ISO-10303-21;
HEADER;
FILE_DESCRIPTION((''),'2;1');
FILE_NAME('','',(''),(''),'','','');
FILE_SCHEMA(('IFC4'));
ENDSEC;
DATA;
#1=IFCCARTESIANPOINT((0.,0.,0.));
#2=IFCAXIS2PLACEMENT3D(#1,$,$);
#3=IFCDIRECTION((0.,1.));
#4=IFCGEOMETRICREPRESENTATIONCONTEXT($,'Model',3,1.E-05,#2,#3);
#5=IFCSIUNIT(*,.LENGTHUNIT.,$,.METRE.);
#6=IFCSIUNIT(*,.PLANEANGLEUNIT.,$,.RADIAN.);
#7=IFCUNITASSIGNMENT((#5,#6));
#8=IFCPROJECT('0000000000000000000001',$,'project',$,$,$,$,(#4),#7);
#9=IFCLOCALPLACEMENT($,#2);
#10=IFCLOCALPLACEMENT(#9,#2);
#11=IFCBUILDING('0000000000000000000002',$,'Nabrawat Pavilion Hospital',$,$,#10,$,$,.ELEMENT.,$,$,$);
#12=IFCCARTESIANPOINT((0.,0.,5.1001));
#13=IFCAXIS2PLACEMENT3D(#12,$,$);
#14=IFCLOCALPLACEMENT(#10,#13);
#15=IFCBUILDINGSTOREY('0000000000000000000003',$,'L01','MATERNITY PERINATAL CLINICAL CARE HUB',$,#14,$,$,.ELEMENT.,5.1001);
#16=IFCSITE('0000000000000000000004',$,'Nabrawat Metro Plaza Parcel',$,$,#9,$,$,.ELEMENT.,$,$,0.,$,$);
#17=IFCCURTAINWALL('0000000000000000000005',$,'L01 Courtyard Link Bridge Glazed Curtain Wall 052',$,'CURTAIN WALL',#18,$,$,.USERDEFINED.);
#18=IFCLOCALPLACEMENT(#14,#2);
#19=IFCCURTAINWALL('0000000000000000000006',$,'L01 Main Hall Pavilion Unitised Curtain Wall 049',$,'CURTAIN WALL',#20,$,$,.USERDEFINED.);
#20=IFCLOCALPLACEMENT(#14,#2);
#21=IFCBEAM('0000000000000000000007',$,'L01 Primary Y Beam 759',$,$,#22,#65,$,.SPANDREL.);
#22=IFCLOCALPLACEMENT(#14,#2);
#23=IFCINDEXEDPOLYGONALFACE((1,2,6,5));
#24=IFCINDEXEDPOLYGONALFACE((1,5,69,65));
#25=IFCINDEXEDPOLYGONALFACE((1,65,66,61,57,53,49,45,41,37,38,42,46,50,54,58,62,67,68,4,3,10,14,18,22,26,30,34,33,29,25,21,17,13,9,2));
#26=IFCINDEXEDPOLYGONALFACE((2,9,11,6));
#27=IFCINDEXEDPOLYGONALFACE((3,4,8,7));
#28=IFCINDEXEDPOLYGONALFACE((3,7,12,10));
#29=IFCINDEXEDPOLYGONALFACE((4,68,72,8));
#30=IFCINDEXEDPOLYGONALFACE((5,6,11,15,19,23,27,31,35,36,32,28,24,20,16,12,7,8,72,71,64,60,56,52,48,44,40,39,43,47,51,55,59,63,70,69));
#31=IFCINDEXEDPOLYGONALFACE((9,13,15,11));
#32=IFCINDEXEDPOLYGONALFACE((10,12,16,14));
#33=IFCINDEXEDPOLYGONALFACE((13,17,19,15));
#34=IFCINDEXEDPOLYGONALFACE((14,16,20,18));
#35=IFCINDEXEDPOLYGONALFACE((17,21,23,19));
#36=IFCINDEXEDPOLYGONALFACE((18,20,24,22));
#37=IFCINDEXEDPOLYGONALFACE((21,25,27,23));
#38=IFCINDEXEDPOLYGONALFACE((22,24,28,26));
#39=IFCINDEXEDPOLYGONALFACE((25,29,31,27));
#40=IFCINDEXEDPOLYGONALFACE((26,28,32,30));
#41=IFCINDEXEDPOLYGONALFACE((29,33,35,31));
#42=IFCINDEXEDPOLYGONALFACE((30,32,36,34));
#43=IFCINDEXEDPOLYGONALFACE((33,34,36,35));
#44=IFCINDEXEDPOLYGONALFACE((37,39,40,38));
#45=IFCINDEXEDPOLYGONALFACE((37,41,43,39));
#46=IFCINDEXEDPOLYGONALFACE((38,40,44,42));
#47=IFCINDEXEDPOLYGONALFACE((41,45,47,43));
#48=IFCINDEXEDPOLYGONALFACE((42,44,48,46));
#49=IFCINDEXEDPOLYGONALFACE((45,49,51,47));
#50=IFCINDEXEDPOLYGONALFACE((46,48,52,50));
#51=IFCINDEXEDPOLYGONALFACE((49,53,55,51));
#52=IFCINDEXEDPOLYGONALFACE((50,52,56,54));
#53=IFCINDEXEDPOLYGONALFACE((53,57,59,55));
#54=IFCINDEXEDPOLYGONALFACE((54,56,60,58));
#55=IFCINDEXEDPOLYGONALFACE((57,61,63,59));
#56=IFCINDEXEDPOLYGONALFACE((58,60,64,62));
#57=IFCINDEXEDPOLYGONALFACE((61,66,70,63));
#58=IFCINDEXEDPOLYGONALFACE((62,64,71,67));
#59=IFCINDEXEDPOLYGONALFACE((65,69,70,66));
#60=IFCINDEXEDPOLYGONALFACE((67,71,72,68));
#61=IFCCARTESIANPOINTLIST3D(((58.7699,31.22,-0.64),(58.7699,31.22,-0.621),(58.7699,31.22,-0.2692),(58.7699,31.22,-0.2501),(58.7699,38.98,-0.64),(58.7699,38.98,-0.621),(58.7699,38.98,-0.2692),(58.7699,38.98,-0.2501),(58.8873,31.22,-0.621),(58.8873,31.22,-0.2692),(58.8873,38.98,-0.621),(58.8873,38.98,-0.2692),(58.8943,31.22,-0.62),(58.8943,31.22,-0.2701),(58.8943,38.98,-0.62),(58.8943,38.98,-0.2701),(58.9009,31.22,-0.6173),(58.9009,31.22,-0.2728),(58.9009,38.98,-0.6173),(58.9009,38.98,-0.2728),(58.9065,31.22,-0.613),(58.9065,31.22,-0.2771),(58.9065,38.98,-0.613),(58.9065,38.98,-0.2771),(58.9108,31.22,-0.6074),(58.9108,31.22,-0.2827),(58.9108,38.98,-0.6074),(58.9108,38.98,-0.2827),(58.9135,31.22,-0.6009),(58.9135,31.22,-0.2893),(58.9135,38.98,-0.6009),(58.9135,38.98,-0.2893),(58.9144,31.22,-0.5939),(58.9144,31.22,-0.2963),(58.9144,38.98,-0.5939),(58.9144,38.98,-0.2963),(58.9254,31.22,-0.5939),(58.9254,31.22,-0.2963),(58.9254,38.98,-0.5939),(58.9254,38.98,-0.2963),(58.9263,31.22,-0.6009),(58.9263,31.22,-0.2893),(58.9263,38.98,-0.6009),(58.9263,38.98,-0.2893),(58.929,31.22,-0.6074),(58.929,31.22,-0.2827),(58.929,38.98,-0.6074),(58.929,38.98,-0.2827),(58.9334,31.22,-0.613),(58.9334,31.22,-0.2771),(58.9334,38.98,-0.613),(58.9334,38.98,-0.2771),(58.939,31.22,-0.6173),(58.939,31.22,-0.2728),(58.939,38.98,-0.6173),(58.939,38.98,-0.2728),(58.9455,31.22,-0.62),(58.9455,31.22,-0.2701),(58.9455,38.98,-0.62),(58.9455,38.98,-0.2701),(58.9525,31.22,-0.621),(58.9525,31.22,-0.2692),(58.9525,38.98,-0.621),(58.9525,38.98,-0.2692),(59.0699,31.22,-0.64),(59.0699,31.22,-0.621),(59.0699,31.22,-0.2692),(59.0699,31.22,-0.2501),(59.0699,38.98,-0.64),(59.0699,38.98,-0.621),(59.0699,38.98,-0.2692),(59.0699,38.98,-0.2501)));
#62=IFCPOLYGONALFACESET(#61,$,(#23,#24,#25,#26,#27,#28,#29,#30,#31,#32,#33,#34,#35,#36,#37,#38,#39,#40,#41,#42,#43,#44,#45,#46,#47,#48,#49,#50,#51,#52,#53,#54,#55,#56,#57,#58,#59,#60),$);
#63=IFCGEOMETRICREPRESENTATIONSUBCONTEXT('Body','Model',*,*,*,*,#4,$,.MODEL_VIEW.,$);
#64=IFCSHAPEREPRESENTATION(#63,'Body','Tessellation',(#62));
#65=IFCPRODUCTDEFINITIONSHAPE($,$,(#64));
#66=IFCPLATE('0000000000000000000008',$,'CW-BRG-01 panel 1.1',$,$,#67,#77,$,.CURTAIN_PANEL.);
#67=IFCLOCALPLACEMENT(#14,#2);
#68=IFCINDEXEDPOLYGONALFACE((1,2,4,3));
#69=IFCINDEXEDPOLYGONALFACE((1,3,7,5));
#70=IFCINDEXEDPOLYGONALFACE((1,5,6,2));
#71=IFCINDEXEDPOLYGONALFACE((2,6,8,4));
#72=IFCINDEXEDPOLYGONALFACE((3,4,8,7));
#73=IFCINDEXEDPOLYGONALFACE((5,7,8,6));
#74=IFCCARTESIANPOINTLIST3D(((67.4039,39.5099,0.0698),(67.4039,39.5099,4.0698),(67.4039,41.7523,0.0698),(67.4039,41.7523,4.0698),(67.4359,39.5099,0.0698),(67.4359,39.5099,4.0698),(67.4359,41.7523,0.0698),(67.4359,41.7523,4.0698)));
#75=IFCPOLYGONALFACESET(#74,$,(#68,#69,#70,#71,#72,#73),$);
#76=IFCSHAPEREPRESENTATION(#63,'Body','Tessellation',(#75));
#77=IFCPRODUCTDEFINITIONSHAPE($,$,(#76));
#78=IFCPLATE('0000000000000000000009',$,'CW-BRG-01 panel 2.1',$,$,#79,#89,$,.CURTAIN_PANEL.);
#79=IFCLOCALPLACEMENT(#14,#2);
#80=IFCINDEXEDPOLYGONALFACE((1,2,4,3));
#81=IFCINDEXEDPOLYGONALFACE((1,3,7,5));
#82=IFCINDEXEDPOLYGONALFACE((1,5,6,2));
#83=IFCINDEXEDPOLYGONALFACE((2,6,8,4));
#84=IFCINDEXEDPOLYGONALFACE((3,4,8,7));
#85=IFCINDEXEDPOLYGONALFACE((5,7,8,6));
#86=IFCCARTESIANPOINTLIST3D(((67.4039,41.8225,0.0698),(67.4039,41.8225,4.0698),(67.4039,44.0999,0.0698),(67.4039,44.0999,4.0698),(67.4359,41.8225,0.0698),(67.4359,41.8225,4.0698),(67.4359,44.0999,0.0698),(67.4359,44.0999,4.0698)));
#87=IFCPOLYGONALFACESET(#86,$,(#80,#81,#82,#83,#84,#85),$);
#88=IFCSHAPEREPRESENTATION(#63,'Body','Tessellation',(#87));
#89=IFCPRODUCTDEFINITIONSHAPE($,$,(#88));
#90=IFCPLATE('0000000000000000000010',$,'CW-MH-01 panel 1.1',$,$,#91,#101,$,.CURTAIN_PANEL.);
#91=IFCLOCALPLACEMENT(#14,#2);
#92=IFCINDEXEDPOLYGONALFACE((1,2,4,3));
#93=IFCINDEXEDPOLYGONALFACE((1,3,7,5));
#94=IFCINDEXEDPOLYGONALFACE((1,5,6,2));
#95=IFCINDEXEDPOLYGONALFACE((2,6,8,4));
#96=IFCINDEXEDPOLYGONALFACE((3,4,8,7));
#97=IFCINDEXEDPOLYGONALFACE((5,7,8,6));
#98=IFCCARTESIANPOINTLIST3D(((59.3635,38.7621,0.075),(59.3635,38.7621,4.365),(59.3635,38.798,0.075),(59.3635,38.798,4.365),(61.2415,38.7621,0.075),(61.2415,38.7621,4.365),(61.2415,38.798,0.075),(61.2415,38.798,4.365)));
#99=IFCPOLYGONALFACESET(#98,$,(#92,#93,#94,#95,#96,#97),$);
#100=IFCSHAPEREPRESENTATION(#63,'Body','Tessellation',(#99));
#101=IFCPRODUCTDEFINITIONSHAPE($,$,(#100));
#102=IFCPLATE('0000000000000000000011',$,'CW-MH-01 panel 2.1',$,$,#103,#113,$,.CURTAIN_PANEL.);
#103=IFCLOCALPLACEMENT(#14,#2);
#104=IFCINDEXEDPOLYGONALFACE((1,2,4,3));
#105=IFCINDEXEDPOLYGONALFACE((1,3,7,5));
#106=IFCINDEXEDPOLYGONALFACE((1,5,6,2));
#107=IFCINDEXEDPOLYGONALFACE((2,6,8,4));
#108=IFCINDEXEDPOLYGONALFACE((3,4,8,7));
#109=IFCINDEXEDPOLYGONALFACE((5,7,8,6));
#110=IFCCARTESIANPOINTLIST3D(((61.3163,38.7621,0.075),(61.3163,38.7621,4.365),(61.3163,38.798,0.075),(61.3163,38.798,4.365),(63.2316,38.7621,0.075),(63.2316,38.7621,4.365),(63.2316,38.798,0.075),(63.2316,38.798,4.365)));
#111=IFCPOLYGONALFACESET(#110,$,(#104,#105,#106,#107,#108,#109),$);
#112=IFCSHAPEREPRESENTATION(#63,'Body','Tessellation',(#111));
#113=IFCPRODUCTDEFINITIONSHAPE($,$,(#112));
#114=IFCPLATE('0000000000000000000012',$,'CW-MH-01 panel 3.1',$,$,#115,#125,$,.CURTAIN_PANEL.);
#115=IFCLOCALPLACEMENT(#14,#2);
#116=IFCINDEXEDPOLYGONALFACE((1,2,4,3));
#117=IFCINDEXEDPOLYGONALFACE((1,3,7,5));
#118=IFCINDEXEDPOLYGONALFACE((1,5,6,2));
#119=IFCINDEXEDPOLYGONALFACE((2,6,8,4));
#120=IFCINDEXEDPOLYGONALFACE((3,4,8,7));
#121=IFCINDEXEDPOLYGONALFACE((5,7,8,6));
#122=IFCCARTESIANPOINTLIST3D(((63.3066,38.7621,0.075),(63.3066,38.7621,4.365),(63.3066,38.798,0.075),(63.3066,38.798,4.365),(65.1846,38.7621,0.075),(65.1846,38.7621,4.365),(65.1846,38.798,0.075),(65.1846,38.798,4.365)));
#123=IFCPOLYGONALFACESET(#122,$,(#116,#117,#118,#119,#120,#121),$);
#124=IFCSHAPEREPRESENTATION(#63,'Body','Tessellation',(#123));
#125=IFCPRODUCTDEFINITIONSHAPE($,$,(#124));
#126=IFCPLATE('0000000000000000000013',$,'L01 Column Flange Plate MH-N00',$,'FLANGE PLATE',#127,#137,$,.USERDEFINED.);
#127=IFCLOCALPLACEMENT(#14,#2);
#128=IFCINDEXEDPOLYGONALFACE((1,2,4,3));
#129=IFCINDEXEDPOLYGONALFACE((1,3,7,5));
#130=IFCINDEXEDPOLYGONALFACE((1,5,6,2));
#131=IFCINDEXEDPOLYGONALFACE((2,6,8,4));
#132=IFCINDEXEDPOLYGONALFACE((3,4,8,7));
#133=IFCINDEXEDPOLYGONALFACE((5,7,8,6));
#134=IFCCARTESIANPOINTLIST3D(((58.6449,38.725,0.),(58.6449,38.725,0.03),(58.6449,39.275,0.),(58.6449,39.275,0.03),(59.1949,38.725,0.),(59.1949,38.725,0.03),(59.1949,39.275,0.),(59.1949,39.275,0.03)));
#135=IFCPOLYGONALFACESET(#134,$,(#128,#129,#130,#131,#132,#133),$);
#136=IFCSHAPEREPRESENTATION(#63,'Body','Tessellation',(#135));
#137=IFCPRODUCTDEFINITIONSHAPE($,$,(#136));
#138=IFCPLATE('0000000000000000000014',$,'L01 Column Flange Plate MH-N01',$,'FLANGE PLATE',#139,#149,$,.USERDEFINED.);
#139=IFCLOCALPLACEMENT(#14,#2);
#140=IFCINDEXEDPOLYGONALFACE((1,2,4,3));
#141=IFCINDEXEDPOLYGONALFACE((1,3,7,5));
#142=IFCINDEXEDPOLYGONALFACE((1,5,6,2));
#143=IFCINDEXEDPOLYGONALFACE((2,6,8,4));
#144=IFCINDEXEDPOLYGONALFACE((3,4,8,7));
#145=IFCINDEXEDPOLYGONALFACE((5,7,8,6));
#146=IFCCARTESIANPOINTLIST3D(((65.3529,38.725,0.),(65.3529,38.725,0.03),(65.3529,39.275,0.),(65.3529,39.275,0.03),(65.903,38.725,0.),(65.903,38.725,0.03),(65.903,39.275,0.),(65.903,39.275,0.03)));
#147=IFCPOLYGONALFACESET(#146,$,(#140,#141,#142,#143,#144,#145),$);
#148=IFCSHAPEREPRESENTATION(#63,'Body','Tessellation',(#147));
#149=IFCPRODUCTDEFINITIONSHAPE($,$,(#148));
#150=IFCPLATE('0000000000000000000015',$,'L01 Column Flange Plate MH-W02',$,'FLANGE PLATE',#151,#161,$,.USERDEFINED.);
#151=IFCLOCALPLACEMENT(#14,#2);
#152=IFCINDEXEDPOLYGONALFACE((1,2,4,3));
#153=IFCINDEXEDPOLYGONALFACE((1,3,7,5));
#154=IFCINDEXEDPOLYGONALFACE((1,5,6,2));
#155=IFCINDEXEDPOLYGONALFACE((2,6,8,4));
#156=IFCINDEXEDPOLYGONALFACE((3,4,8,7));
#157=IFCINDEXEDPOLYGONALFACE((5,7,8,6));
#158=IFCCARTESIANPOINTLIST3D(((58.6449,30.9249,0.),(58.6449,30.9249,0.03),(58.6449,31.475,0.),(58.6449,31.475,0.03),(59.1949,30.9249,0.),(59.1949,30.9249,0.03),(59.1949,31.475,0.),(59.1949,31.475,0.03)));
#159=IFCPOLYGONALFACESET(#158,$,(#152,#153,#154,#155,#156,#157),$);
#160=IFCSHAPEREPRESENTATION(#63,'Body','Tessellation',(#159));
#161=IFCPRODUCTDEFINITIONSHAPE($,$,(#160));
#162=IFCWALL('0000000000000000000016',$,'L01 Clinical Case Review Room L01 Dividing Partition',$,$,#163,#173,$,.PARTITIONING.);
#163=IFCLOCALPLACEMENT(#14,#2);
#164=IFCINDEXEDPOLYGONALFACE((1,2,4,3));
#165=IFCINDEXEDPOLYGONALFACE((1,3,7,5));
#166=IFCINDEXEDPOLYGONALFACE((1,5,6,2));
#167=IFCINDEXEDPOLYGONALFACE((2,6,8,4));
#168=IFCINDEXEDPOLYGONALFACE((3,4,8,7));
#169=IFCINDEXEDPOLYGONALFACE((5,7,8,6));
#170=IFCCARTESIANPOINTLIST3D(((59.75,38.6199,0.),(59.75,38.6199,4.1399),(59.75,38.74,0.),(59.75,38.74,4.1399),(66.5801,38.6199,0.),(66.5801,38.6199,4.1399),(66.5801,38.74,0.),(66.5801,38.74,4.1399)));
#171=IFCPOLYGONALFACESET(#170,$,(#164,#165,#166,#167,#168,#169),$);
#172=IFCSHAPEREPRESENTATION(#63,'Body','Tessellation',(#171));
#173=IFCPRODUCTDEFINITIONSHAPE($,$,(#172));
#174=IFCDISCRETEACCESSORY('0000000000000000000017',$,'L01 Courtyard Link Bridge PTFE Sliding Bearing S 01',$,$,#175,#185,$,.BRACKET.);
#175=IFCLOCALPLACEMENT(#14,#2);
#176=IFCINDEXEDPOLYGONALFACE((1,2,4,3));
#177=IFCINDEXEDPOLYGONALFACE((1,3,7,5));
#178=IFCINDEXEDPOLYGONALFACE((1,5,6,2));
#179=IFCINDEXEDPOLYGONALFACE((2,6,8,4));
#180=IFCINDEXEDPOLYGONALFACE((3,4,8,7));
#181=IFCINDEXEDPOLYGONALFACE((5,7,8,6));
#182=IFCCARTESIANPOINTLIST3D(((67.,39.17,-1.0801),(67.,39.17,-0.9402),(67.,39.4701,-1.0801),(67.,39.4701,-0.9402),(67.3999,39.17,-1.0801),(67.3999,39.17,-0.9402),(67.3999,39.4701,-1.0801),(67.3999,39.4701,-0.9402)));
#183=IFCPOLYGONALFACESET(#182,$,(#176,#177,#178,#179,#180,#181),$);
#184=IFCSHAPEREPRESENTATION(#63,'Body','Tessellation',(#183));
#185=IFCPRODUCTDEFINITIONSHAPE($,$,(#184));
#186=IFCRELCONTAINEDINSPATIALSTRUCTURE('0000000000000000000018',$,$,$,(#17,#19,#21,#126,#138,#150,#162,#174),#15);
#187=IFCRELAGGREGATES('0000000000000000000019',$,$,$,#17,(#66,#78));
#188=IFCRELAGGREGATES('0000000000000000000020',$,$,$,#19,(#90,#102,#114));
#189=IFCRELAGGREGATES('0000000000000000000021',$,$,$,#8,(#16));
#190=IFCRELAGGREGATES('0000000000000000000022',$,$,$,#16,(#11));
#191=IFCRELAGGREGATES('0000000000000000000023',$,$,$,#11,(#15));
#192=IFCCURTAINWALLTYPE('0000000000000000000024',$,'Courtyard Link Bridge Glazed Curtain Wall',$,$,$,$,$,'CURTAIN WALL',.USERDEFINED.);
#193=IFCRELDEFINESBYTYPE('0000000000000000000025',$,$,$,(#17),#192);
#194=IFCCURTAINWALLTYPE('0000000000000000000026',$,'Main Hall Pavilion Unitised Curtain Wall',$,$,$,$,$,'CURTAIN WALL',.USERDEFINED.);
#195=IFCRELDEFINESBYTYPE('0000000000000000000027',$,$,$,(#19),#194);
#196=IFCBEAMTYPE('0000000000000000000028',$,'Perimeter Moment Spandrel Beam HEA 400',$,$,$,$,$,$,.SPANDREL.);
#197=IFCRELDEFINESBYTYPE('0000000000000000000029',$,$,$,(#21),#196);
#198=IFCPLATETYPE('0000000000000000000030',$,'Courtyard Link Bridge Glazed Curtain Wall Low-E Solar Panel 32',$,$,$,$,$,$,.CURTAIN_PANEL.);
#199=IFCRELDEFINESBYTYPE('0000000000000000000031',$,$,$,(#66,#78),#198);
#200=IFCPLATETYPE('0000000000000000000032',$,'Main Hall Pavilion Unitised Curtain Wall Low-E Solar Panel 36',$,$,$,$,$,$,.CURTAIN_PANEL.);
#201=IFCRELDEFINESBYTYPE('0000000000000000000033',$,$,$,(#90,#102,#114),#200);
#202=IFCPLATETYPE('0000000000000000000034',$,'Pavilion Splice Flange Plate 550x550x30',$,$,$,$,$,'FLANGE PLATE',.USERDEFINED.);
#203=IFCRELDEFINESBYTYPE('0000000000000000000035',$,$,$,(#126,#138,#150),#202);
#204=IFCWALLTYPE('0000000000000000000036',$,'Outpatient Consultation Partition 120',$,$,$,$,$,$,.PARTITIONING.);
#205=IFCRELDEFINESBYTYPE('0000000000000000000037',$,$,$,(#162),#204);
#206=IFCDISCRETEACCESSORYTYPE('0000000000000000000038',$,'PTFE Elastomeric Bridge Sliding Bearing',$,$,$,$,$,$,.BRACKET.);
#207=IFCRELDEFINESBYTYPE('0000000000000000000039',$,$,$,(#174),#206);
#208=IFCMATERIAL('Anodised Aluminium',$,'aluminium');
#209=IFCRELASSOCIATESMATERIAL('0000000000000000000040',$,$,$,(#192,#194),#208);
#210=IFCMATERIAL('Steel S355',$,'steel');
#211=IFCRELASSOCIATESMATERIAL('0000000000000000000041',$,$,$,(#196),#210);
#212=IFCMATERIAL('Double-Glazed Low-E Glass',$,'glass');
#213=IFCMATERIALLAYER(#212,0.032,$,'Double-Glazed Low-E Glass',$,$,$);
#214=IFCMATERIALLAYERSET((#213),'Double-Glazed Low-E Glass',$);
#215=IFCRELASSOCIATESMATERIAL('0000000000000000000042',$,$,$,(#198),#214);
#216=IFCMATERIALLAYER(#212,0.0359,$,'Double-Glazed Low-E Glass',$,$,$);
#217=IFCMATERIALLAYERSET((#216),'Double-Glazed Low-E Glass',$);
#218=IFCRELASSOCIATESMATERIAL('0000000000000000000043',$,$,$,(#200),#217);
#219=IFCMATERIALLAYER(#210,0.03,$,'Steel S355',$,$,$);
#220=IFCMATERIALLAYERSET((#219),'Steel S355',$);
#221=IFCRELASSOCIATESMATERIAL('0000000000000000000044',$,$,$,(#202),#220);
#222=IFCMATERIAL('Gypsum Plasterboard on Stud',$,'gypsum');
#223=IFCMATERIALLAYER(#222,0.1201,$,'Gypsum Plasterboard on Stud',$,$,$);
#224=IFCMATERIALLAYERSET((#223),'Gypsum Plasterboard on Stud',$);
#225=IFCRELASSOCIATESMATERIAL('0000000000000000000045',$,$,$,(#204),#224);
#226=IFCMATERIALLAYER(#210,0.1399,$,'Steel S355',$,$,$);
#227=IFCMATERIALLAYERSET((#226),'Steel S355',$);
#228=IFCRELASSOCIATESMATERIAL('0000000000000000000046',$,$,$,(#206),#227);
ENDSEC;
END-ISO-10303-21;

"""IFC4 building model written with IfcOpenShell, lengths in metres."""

from ifc_helpers import new_model, si_unit, direction, frame, frame_2d, origin, origin_2d, place, context, subcontext, project, spatial, rectangle, i_section, extrude, material, layer, layer_set, material_profile, profile_set, type_object, element, aggregate, save


model = new_model("IFC4")

# Units and contexts
model_context = context("Model", 3, precision=1e-05, world=origin(), true_north=direction((0.0, 1.0)))
body_context = subcontext(model_context, "Body", "Model", "MODEL_VIEW")
ifc_project = project(units=[si_unit("LENGTHUNIT", "METRE"), si_unit("PLANEANGLEUNIT", "RADIAN")], contexts=[model_context])

# Site, building, storey
site_placement = place(None, origin())
site = spatial("IfcSite", under=ifc_project, at=site_placement, Name="Nabrawat Metro Plaza Parcel", CompositionType="ELEMENT", RefElevation=0.0)
building_placement = place(site_placement, origin())
building = spatial("IfcBuilding", under=site, at=building_placement, Name="Nabrawat Pavilion Hospital", CompositionType="ELEMENT")
storey_placement = place(building_placement, frame((0.0, 0.0, 5.1001)))
storey = spatial("IfcBuildingStorey", under=building, at=storey_placement, Name="L01", Description="MATERNITY PERINATAL CLINICAL CARE HUB", CompositionType="ELEMENT", Elevation=5.1001)

# Shared definitions
ifc_material_1 = material(Name="Steel S355", Category="steel")

# Curtain walls
ifc_material_2 = material(Name="Anodised Aluminium", Category="aluminium")
curtain_wall_type_1 = type_object("IfcCurtainWallType", Name="Courtyard Link Bridge Glazed Curtain Wall", ElementType="CURTAIN WALL", PredefinedType="USERDEFINED", material=ifc_material_2)
curtain_wall_1_placement = place(storey_placement, origin())
curtain_wall_1 = element("IfcCurtainWall", 1, at=curtain_wall_1_placement, inside=storey, type_object=curtain_wall_type_1, Name="L01 Courtyard Link Bridge Glazed Curtain Wall 052", ObjectType="CURTAIN WALL", PredefinedType="USERDEFINED")
curtain_wall_type_2 = type_object("IfcCurtainWallType", Name="Main Hall Pavilion Unitised Curtain Wall", ElementType="CURTAIN WALL", PredefinedType="USERDEFINED", material=ifc_material_2)
curtain_wall_2_placement = place(storey_placement, origin())
curtain_wall_2 = element("IfcCurtainWall", 2, at=curtain_wall_2_placement, inside=storey, type_object=curtain_wall_type_2, Name="L01 Main Hall Pavilion Unitised Curtain Wall 049", ObjectType="CURTAIN WALL", PredefinedType="USERDEFINED")

# Beam
ifc_material_profile_1 = material_profile(ifc_material_1, i_section(OverallWidth=0.3, OverallDepth=0.3899, WebThickness=0.011, FlangeThickness=0.019, FilletRadius=0.0271, at=origin_2d()), Name="HEA 400")
ifc_profile_set_1 = profile_set([ifc_material_profile_1], Name="Steel S355")
beam_type_1 = type_object("IfcBeamType", Name="Perimeter Moment Spandrel Beam HEA 400", PredefinedType="SPANDREL", material=ifc_profile_set_1)
for number, where, z_axis, x_axis, name in (
    (3, (58.9199, 31.22, -0.4451), (0.0, 1.0, 0.0), (-1.0, 0.0, 0.0), "L01 Primary Y Beam 759"),
):
    element("IfcBeam", number, at=place(storey_placement, frame(where, z_axis=z_axis, x_axis=x_axis)), inside=storey, type_object=beam_type_1, Name=name, PredefinedType="SPANDREL", context=body_context, shape_type="SweptSolid", body=[
        extrude(i_section(OverallWidth=0.3, OverallDepth=0.3899, WebThickness=0.011, FlangeThickness=0.019, FilletRadius=0.0271, at=origin_2d()), origin(), (0.0, 0.0, 1.0), 7.76),
    ])

# Plates
ifc_material_3 = material(Name="Double-Glazed Low-E Glass", Category="glass")
ifc_layer_1 = layer(ifc_material_3, 0.032, Name="Double-Glazed Low-E Glass")
ifc_layer_set_1 = layer_set([ifc_layer_1], Name="Double-Glazed Low-E Glass")
plate_type_1 = type_object("IfcPlateType", Name="Courtyard Link Bridge Glazed Curtain Wall Low-E Solar Panel 32", PredefinedType="CURTAIN_PANEL", material=ifc_layer_set_1)
plate_1_placement = place(storey_placement, frame((67.4199, 40.6311, 0.0698), z_axis=(0.0, 0.0, 1.0), x_axis=(0.0, 1.0, 0.0)))
plate_1 = element("IfcPlate", 4, at=plate_1_placement, type_object=plate_type_1, Name="CW-BRG-01 panel 1.1", PredefinedType="CURTAIN_PANEL", context=body_context, shape_type="SweptSolid", body=[
    extrude(rectangle(XDim=2.2424, YDim=0.032, at=origin_2d()), origin(), (0.0, 0.0, 1.0), 4.0),
])
plate_2_placement = place(storey_placement, frame((67.4199, 42.9612, 0.0698), z_axis=(0.0, 0.0, 1.0), x_axis=(0.0, 1.0, 0.0)))
plate_2 = element("IfcPlate", 5, at=plate_2_placement, type_object=plate_type_1, Name="CW-BRG-01 panel 2.1", PredefinedType="CURTAIN_PANEL", context=body_context, shape_type="SweptSolid", body=[
    extrude(rectangle(XDim=2.2773, YDim=0.032, at=origin_2d()), origin(), (0.0, 0.0, 1.0), 4.0),
])
aggregate(curtain_wall_1, [plate_1, plate_2])
ifc_layer_2 = layer(ifc_material_3, 0.0359, Name="Double-Glazed Low-E Glass")
ifc_layer_set_2 = layer_set([ifc_layer_2], Name="Double-Glazed Low-E Glass")
plate_type_2 = type_object("IfcPlateType", Name="Main Hall Pavilion Unitised Curtain Wall Low-E Solar Panel 36", PredefinedType="CURTAIN_PANEL", material=ifc_layer_set_2)
plate_3_placement = place(storey_placement, frame((60.3025, 38.78, 0.075), z_axis=(0.0, 0.0, 1.0), x_axis=(1.0, 0.0, 0.0)))
plate_3 = element("IfcPlate", 6, at=plate_3_placement, type_object=plate_type_2, Name="CW-MH-01 panel 1.1", PredefinedType="CURTAIN_PANEL", context=body_context, shape_type="SweptSolid", body=[
    extrude(rectangle(XDim=1.8779, YDim=0.0359, at=origin_2d()), origin(), (0.0, 0.0, 1.0), 4.29),
])
plate_4_placement = place(storey_placement, frame((62.2739, 38.78, 0.075), z_axis=(0.0, 0.0, 1.0), x_axis=(1.0, 0.0, 0.0)))
plate_4 = element("IfcPlate", 7, at=plate_4_placement, type_object=plate_type_2, Name="CW-MH-01 panel 2.1", PredefinedType="CURTAIN_PANEL", context=body_context, shape_type="SweptSolid", body=[
    extrude(rectangle(XDim=1.9153, YDim=0.0359, at=origin_2d()), origin(), (0.0, 0.0, 1.0), 4.29),
])
plate_5_placement = place(storey_placement, frame((64.2456, 38.78, 0.075), z_axis=(0.0, 0.0, 1.0), x_axis=(1.0, 0.0, 0.0)))
plate_5 = element("IfcPlate", 8, at=plate_5_placement, type_object=plate_type_2, Name="CW-MH-01 panel 3.1", PredefinedType="CURTAIN_PANEL", context=body_context, shape_type="SweptSolid", body=[
    extrude(rectangle(XDim=1.8779, YDim=0.0359, at=origin_2d()), origin(), (0.0, 0.0, 1.0), 4.29),
])
aggregate(curtain_wall_2, [plate_3, plate_4, plate_5])

# Plates
ifc_layer_3 = layer(ifc_material_1, 0.03, Name="Steel S355")
ifc_layer_set_3 = layer_set([ifc_layer_3], Name="Steel S355")
plate_type_3 = type_object("IfcPlateType", Name="Pavilion Splice Flange Plate 550x550x30", ElementType="FLANGE PLATE", PredefinedType="USERDEFINED", material=ifc_layer_set_3)
for number, where, z_axis, x_axis, name in (
    (9, (58.9199, 39.0, 0.0), (0.0, 0.0, 1.0), (1.0, 0.0, 0.0), "L01 Column Flange Plate MH-N00"),
    (10, (65.6279, 39.0, 0.0), (0.0, 0.0, 1.0), (1.0, 0.0, 0.0), "L01 Column Flange Plate MH-N01"),
    (11, (58.9199, 31.2, 0.0), (0.0, 0.0, 1.0), (1.0, 0.0, 0.0), "L01 Column Flange Plate MH-W02"),
):
    element("IfcPlate", number, at=place(storey_placement, frame(where, z_axis=z_axis, x_axis=x_axis)), inside=storey, type_object=plate_type_3, Name=name, ObjectType="FLANGE PLATE", PredefinedType="USERDEFINED", context=body_context, shape_type="SweptSolid", body=[
        extrude(rectangle(XDim=0.55, YDim=0.55, at=origin_2d()), origin(), (0.0, 0.0, 1.0), 0.03),
    ])

# Wall
ifc_material_4 = material(Name="Gypsum Plasterboard on Stud", Category="gypsum")
ifc_layer_4 = layer(ifc_material_4, 0.1201, Name="Gypsum Plasterboard on Stud")
ifc_layer_set_4 = layer_set([ifc_layer_4], Name="Gypsum Plasterboard on Stud")
wall_type = type_object("IfcWallType", Name="Outpatient Consultation Partition 120", PredefinedType="PARTITIONING", material=ifc_layer_set_4)
wall_placement = place(storey_placement, frame((59.75, 38.6799, 0.0), z_axis=(0.0, 0.0, 1.0), x_axis=(1.0, 0.0, 0.0)))
element("IfcWall", 12, at=wall_placement, inside=storey, type_object=wall_type, Name="L01 Clinical Case Review Room L01 Dividing Partition", PredefinedType="PARTITIONING", context=body_context, shape_type="SweptSolid", body=[
    extrude(rectangle(XDim=6.8301, YDim=0.1201, at=frame_2d((3.415, 0.0))), origin(), (0.0, 0.0, 1.0), 4.1399),
])

# Discrete accessory
ifc_layer_5 = layer(ifc_material_1, 0.1399, Name="Steel S355")
ifc_layer_set_5 = layer_set([ifc_layer_5], Name="Steel S355")
discrete_accessory_type_1 = type_object("IfcDiscreteAccessoryType", Name="PTFE Elastomeric Bridge Sliding Bearing", PredefinedType="BRACKET", material=ifc_layer_set_5)
discrete_accessory_1_placement = place(storey_placement, frame((67.2, 39.3201, -1.0801), z_axis=(0.0, 0.0, 1.0), x_axis=(1.0, 0.0, 0.0)))
element("IfcDiscreteAccessory", 13, at=discrete_accessory_1_placement, inside=storey, type_object=discrete_accessory_type_1, Name="L01 Courtyard Link Bridge PTFE Sliding Bearing S 01", PredefinedType="BRACKET", context=body_context, shape_type="SweptSolid", body=[
    extrude(rectangle(XDim=0.3999, YDim=0.3, at=origin_2d()), origin(), (0.0, 0.0, 1.0), 0.1399),
])

save(model, "model.ifc")
